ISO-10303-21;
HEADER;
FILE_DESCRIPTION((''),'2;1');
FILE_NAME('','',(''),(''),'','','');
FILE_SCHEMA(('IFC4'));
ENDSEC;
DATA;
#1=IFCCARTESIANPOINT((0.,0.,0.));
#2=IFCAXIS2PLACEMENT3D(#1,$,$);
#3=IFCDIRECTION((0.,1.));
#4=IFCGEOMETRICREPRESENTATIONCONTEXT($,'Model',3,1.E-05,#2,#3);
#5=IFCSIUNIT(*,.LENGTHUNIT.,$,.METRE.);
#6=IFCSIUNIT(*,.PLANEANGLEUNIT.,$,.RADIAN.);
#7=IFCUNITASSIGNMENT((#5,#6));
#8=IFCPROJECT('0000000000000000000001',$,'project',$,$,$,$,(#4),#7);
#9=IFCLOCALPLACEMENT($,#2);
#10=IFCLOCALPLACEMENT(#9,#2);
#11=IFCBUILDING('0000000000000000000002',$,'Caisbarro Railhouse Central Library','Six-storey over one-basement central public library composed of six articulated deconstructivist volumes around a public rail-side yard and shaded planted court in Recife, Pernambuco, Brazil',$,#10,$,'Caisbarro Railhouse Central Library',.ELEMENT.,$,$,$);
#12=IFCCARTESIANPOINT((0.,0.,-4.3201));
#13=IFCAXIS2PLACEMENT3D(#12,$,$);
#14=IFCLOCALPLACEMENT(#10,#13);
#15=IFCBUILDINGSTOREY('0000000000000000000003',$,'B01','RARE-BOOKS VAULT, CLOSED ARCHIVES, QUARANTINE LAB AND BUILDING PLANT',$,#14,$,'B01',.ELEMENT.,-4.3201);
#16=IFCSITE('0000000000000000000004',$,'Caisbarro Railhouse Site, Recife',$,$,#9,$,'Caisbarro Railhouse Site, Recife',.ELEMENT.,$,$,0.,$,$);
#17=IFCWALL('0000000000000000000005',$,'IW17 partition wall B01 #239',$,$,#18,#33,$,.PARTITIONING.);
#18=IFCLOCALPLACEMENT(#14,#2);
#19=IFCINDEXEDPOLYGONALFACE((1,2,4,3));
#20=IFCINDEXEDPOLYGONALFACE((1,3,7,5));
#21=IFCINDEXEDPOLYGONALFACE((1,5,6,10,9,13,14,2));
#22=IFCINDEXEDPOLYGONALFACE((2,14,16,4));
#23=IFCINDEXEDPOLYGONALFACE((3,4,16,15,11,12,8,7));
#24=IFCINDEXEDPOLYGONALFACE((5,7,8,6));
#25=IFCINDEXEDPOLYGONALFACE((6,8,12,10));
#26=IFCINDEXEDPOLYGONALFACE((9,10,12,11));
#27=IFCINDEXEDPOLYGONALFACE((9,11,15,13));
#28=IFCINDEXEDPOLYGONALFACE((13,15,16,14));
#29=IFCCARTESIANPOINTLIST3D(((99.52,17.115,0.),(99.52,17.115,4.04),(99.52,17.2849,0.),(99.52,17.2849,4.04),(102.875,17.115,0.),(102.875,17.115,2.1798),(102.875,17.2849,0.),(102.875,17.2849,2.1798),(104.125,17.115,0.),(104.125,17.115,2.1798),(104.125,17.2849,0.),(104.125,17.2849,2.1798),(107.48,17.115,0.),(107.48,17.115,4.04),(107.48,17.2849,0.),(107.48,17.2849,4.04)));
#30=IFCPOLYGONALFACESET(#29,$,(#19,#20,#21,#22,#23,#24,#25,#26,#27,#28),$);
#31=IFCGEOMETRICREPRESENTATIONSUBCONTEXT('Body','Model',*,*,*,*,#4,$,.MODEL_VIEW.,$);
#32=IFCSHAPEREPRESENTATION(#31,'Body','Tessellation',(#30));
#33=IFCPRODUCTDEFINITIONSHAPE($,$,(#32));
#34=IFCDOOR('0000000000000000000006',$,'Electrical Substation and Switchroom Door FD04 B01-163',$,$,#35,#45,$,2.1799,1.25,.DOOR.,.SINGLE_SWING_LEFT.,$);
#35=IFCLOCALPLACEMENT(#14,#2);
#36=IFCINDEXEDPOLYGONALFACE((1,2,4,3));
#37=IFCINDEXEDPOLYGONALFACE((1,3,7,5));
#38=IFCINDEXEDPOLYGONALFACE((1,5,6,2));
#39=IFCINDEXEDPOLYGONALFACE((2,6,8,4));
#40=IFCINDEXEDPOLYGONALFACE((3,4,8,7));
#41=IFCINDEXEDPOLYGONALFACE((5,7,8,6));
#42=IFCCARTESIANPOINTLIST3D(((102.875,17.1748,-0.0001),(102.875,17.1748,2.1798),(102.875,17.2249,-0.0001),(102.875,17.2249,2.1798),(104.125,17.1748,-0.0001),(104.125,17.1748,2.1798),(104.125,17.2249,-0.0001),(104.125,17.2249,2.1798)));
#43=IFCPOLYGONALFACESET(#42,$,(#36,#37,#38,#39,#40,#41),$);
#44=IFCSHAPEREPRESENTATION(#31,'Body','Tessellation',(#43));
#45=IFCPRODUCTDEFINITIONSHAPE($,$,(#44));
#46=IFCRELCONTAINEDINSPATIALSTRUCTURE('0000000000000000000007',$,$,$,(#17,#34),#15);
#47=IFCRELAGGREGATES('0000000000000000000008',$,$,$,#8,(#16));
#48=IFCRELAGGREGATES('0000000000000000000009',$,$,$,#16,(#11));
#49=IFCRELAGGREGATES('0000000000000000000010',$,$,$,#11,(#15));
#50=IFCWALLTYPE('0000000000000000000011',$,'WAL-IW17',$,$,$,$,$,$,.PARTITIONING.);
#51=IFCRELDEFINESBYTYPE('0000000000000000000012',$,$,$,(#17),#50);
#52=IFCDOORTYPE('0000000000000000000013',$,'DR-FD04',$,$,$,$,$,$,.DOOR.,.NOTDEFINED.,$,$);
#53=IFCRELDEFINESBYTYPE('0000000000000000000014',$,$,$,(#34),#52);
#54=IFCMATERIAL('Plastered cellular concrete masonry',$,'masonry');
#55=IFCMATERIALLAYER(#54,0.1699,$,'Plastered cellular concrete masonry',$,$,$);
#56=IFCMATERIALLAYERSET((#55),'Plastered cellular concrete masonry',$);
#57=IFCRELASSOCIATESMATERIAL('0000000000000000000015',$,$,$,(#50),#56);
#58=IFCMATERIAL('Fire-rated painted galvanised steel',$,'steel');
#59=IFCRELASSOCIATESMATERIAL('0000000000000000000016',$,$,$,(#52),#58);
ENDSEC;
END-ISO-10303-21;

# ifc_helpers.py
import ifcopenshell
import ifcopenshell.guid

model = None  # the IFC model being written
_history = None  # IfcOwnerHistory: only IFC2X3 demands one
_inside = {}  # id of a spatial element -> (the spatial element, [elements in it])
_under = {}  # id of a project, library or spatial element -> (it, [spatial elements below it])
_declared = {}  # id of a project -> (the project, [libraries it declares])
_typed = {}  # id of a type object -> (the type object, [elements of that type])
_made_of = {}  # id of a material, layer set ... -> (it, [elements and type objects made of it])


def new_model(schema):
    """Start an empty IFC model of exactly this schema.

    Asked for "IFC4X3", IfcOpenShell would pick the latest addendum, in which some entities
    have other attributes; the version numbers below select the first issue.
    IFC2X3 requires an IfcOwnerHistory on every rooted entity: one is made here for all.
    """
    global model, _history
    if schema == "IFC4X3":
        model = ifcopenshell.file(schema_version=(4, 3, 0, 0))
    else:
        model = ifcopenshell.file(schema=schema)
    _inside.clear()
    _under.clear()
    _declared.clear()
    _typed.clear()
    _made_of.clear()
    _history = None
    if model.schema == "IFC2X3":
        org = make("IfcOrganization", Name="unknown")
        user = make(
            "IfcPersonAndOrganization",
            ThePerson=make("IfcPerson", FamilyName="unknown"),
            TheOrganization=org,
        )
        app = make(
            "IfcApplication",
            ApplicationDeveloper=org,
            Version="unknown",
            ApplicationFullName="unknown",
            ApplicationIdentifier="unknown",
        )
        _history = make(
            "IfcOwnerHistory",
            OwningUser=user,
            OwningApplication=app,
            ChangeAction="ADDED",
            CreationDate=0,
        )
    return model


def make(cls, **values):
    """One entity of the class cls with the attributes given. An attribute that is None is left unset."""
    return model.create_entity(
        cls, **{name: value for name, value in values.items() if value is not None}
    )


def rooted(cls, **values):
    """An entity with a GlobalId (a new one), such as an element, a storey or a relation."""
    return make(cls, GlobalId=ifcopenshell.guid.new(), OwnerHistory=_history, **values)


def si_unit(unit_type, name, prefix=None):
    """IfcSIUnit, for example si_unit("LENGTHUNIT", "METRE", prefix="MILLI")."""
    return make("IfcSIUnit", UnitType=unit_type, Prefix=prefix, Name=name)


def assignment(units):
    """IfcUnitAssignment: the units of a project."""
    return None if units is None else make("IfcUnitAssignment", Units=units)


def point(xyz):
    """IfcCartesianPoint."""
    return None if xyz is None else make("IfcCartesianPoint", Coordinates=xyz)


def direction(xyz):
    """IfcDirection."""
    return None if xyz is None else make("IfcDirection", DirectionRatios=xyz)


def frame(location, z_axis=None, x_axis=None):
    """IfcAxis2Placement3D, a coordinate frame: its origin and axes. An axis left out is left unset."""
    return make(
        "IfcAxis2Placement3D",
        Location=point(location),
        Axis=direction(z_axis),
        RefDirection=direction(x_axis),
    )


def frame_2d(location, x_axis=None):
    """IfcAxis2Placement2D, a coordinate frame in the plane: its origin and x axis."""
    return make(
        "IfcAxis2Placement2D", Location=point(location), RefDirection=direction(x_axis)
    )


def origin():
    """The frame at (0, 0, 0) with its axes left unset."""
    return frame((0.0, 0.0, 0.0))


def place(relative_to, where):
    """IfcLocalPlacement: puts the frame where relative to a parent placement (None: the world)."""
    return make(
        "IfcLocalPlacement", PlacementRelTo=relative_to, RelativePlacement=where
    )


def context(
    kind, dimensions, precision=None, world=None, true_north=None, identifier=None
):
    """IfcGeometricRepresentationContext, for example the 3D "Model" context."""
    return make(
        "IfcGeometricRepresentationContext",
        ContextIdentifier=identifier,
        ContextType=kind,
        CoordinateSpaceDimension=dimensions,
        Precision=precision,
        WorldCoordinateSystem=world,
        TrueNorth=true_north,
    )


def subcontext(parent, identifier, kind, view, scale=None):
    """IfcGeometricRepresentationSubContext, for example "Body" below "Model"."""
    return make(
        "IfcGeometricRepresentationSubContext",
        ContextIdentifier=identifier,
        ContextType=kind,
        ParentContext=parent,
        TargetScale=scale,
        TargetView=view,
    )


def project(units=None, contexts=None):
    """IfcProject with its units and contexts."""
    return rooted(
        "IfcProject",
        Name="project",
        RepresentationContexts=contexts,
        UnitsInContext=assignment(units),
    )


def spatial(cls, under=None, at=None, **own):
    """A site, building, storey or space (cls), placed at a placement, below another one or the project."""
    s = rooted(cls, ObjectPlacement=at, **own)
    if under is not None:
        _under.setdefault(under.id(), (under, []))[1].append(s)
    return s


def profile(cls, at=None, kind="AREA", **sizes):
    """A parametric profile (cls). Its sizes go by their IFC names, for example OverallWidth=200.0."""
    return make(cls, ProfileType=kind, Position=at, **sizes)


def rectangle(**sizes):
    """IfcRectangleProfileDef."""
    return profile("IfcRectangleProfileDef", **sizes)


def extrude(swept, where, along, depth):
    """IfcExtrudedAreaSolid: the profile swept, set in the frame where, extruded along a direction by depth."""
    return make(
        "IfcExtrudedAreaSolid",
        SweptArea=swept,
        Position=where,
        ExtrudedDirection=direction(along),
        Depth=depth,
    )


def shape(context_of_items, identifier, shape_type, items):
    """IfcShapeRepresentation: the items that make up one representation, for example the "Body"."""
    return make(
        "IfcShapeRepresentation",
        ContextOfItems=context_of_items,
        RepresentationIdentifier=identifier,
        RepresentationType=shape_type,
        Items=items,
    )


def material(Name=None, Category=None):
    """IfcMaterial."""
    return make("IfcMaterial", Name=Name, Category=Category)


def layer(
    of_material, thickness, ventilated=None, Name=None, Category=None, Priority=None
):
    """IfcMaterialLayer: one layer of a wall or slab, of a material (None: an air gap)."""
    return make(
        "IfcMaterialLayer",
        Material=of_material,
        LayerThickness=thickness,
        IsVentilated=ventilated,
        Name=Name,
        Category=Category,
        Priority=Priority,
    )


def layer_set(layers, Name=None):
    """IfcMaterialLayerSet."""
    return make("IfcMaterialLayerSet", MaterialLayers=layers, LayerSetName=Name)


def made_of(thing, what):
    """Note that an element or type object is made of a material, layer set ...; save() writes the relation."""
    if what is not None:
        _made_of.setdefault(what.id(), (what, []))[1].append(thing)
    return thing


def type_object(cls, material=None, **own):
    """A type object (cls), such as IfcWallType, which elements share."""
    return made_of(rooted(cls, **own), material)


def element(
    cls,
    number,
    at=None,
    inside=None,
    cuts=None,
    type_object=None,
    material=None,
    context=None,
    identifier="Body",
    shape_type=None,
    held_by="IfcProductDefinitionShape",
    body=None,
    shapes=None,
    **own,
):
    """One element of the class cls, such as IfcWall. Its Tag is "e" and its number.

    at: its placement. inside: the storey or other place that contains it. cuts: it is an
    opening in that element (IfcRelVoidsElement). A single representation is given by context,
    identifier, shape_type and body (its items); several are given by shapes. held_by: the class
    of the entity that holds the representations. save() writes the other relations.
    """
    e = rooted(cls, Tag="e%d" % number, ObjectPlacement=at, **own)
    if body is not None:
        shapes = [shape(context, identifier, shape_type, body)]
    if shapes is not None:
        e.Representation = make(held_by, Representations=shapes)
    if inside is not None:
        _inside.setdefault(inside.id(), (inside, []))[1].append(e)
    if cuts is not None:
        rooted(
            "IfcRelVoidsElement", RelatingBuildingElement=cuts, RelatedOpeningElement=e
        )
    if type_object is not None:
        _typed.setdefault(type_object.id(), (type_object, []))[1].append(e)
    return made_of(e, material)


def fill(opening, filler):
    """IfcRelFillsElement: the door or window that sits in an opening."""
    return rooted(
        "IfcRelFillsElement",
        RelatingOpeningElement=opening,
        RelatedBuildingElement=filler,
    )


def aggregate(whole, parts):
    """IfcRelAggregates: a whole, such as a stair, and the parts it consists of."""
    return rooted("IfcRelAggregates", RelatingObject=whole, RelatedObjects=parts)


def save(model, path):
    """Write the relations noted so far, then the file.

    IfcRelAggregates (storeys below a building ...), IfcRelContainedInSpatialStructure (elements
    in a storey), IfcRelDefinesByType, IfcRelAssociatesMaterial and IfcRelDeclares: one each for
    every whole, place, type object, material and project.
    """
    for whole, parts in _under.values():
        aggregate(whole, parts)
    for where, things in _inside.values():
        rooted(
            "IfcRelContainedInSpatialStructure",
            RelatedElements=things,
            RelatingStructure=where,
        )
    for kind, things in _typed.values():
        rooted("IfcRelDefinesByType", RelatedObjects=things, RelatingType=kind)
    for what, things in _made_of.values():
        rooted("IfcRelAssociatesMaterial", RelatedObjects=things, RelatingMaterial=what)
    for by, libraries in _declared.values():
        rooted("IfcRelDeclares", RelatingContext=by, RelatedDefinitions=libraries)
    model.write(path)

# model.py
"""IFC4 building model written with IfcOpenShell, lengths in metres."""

from ifc_helpers import new_model, si_unit, direction, frame, frame_2d, origin, place, context, subcontext, project, spatial, rectangle, extrude, material, layer, layer_set, type_object, element, fill, save


model = new_model("IFC4")

# Units and contexts
model_context = context("Model", 3, precision=1e-05, world=origin(), true_north=direction((0.0, 1.0)))
body_context = subcontext(model_context, "Body", "Model", "MODEL_VIEW")
ifc_project = project(units=[si_unit("LENGTHUNIT", "METRE"), si_unit("PLANEANGLEUNIT", "RADIAN")], contexts=[model_context])

# Site, building, storey
site_placement = place(None, origin())
site = spatial("IfcSite", under=ifc_project, at=site_placement, Name="Caisbarro Railhouse Site, Recife", LongName="Caisbarro Railhouse Site, Recife", CompositionType="ELEMENT", RefElevation=0.0)
building_placement = place(site_placement, origin())
building = spatial("IfcBuilding", under=site, at=building_placement, Name="Caisbarro Railhouse Central Library", Description="Six-storey over one-basement central public library composed of six articulated deconstructivist volumes around a public rail-side yard and shaded planted court in Recife, Pernambuco, Brazil", LongName="Caisbarro Railhouse Central Library", CompositionType="ELEMENT")
storey_placement = place(building_placement, frame((0.0, 0.0, -4.3201)))
storey = spatial("IfcBuildingStorey", under=building, at=storey_placement, Name="B01", Description="RARE-BOOKS VAULT, CLOSED ARCHIVES, QUARANTINE LAB AND BUILDING PLANT", LongName="B01", CompositionType="ELEMENT", Elevation=-4.3201)

# Wall, opening, door
ifc_material_1 = material(Name="Plastered cellular concrete masonry", Category="masonry")
ifc_layer_1 = layer(ifc_material_1, 0.1699, Name="Plastered cellular concrete masonry")
ifc_layer_set_1 = layer_set([ifc_layer_1], Name="Plastered cellular concrete masonry")
wall_type_1 = type_object("IfcWallType", Name="WAL-IW17", PredefinedType="PARTITIONING", material=ifc_layer_set_1)
wall_1_placement = place(storey_placement, frame((99.52, 17.2, 0.0), z_axis=(0.0, 0.0, 1.0), x_axis=(1.0, 0.0, 0.0)))
wall_1 = element("IfcWall", 1, at=wall_1_placement, inside=storey, type_object=wall_type_1, Name="IW17 partition wall B01 #239", PredefinedType="PARTITIONING", context=body_context, shape_type="SweptSolid", body=[
    extrude(rectangle(XDim=7.96, YDim=0.1699, at=frame_2d((3.98, 0.0))), origin(), (0.0, 0.0, 1.0), 4.04),
])
opening_1_placement = place(wall_1_placement, frame((3.355, 0.0, 0.0)))
opening_1 = element("IfcOpeningElement", 2, at=opening_1_placement, cuts=wall_1, PredefinedType="OPENING", context=body_context, shape_type="SweptSolid", body=[
    extrude(rectangle(XDim=1.25, YDim=2.1799, at=frame_2d((0.625, 1.0898))), frame((0.0, 0.095, 0.0), z_axis=(0.0, -1.0, 0.0), x_axis=(1.0, 0.0, 0.0)), (0.0, 0.0, 1.0), 0.1899),
])
ifc_material_2 = material(Name="Fire-rated painted galvanised steel", Category="steel")
door_type_1 = type_object("IfcDoorType", Name="DR-FD04", OperationType="NOTDEFINED", PredefinedType="DOOR", material=ifc_material_2)
door_1_placement = place(opening_1_placement, origin())
door_1 = element("IfcDoor", 3, at=door_1_placement, inside=storey, type_object=door_type_1, Name="Electrical Substation and Switchroom Door FD04 B01-163", OperationType="SINGLE_SWING_LEFT", OverallHeight=2.1799, OverallWidth=1.25, PredefinedType="DOOR", context=body_context, shape_type="SweptSolid", body=[
    extrude(rectangle(XDim=1.25, YDim=2.1799, at=frame_2d((0.625, 1.0898))), frame((0.0, 0.0249, 0.0), z_axis=(0.0, -1.0, 0.0), x_axis=(1.0, 0.0, 0.0)), (0.0, 0.0, 1.0), 0.05),
])
fill(opening_1, door_1)

save(model, "model.ifc")
